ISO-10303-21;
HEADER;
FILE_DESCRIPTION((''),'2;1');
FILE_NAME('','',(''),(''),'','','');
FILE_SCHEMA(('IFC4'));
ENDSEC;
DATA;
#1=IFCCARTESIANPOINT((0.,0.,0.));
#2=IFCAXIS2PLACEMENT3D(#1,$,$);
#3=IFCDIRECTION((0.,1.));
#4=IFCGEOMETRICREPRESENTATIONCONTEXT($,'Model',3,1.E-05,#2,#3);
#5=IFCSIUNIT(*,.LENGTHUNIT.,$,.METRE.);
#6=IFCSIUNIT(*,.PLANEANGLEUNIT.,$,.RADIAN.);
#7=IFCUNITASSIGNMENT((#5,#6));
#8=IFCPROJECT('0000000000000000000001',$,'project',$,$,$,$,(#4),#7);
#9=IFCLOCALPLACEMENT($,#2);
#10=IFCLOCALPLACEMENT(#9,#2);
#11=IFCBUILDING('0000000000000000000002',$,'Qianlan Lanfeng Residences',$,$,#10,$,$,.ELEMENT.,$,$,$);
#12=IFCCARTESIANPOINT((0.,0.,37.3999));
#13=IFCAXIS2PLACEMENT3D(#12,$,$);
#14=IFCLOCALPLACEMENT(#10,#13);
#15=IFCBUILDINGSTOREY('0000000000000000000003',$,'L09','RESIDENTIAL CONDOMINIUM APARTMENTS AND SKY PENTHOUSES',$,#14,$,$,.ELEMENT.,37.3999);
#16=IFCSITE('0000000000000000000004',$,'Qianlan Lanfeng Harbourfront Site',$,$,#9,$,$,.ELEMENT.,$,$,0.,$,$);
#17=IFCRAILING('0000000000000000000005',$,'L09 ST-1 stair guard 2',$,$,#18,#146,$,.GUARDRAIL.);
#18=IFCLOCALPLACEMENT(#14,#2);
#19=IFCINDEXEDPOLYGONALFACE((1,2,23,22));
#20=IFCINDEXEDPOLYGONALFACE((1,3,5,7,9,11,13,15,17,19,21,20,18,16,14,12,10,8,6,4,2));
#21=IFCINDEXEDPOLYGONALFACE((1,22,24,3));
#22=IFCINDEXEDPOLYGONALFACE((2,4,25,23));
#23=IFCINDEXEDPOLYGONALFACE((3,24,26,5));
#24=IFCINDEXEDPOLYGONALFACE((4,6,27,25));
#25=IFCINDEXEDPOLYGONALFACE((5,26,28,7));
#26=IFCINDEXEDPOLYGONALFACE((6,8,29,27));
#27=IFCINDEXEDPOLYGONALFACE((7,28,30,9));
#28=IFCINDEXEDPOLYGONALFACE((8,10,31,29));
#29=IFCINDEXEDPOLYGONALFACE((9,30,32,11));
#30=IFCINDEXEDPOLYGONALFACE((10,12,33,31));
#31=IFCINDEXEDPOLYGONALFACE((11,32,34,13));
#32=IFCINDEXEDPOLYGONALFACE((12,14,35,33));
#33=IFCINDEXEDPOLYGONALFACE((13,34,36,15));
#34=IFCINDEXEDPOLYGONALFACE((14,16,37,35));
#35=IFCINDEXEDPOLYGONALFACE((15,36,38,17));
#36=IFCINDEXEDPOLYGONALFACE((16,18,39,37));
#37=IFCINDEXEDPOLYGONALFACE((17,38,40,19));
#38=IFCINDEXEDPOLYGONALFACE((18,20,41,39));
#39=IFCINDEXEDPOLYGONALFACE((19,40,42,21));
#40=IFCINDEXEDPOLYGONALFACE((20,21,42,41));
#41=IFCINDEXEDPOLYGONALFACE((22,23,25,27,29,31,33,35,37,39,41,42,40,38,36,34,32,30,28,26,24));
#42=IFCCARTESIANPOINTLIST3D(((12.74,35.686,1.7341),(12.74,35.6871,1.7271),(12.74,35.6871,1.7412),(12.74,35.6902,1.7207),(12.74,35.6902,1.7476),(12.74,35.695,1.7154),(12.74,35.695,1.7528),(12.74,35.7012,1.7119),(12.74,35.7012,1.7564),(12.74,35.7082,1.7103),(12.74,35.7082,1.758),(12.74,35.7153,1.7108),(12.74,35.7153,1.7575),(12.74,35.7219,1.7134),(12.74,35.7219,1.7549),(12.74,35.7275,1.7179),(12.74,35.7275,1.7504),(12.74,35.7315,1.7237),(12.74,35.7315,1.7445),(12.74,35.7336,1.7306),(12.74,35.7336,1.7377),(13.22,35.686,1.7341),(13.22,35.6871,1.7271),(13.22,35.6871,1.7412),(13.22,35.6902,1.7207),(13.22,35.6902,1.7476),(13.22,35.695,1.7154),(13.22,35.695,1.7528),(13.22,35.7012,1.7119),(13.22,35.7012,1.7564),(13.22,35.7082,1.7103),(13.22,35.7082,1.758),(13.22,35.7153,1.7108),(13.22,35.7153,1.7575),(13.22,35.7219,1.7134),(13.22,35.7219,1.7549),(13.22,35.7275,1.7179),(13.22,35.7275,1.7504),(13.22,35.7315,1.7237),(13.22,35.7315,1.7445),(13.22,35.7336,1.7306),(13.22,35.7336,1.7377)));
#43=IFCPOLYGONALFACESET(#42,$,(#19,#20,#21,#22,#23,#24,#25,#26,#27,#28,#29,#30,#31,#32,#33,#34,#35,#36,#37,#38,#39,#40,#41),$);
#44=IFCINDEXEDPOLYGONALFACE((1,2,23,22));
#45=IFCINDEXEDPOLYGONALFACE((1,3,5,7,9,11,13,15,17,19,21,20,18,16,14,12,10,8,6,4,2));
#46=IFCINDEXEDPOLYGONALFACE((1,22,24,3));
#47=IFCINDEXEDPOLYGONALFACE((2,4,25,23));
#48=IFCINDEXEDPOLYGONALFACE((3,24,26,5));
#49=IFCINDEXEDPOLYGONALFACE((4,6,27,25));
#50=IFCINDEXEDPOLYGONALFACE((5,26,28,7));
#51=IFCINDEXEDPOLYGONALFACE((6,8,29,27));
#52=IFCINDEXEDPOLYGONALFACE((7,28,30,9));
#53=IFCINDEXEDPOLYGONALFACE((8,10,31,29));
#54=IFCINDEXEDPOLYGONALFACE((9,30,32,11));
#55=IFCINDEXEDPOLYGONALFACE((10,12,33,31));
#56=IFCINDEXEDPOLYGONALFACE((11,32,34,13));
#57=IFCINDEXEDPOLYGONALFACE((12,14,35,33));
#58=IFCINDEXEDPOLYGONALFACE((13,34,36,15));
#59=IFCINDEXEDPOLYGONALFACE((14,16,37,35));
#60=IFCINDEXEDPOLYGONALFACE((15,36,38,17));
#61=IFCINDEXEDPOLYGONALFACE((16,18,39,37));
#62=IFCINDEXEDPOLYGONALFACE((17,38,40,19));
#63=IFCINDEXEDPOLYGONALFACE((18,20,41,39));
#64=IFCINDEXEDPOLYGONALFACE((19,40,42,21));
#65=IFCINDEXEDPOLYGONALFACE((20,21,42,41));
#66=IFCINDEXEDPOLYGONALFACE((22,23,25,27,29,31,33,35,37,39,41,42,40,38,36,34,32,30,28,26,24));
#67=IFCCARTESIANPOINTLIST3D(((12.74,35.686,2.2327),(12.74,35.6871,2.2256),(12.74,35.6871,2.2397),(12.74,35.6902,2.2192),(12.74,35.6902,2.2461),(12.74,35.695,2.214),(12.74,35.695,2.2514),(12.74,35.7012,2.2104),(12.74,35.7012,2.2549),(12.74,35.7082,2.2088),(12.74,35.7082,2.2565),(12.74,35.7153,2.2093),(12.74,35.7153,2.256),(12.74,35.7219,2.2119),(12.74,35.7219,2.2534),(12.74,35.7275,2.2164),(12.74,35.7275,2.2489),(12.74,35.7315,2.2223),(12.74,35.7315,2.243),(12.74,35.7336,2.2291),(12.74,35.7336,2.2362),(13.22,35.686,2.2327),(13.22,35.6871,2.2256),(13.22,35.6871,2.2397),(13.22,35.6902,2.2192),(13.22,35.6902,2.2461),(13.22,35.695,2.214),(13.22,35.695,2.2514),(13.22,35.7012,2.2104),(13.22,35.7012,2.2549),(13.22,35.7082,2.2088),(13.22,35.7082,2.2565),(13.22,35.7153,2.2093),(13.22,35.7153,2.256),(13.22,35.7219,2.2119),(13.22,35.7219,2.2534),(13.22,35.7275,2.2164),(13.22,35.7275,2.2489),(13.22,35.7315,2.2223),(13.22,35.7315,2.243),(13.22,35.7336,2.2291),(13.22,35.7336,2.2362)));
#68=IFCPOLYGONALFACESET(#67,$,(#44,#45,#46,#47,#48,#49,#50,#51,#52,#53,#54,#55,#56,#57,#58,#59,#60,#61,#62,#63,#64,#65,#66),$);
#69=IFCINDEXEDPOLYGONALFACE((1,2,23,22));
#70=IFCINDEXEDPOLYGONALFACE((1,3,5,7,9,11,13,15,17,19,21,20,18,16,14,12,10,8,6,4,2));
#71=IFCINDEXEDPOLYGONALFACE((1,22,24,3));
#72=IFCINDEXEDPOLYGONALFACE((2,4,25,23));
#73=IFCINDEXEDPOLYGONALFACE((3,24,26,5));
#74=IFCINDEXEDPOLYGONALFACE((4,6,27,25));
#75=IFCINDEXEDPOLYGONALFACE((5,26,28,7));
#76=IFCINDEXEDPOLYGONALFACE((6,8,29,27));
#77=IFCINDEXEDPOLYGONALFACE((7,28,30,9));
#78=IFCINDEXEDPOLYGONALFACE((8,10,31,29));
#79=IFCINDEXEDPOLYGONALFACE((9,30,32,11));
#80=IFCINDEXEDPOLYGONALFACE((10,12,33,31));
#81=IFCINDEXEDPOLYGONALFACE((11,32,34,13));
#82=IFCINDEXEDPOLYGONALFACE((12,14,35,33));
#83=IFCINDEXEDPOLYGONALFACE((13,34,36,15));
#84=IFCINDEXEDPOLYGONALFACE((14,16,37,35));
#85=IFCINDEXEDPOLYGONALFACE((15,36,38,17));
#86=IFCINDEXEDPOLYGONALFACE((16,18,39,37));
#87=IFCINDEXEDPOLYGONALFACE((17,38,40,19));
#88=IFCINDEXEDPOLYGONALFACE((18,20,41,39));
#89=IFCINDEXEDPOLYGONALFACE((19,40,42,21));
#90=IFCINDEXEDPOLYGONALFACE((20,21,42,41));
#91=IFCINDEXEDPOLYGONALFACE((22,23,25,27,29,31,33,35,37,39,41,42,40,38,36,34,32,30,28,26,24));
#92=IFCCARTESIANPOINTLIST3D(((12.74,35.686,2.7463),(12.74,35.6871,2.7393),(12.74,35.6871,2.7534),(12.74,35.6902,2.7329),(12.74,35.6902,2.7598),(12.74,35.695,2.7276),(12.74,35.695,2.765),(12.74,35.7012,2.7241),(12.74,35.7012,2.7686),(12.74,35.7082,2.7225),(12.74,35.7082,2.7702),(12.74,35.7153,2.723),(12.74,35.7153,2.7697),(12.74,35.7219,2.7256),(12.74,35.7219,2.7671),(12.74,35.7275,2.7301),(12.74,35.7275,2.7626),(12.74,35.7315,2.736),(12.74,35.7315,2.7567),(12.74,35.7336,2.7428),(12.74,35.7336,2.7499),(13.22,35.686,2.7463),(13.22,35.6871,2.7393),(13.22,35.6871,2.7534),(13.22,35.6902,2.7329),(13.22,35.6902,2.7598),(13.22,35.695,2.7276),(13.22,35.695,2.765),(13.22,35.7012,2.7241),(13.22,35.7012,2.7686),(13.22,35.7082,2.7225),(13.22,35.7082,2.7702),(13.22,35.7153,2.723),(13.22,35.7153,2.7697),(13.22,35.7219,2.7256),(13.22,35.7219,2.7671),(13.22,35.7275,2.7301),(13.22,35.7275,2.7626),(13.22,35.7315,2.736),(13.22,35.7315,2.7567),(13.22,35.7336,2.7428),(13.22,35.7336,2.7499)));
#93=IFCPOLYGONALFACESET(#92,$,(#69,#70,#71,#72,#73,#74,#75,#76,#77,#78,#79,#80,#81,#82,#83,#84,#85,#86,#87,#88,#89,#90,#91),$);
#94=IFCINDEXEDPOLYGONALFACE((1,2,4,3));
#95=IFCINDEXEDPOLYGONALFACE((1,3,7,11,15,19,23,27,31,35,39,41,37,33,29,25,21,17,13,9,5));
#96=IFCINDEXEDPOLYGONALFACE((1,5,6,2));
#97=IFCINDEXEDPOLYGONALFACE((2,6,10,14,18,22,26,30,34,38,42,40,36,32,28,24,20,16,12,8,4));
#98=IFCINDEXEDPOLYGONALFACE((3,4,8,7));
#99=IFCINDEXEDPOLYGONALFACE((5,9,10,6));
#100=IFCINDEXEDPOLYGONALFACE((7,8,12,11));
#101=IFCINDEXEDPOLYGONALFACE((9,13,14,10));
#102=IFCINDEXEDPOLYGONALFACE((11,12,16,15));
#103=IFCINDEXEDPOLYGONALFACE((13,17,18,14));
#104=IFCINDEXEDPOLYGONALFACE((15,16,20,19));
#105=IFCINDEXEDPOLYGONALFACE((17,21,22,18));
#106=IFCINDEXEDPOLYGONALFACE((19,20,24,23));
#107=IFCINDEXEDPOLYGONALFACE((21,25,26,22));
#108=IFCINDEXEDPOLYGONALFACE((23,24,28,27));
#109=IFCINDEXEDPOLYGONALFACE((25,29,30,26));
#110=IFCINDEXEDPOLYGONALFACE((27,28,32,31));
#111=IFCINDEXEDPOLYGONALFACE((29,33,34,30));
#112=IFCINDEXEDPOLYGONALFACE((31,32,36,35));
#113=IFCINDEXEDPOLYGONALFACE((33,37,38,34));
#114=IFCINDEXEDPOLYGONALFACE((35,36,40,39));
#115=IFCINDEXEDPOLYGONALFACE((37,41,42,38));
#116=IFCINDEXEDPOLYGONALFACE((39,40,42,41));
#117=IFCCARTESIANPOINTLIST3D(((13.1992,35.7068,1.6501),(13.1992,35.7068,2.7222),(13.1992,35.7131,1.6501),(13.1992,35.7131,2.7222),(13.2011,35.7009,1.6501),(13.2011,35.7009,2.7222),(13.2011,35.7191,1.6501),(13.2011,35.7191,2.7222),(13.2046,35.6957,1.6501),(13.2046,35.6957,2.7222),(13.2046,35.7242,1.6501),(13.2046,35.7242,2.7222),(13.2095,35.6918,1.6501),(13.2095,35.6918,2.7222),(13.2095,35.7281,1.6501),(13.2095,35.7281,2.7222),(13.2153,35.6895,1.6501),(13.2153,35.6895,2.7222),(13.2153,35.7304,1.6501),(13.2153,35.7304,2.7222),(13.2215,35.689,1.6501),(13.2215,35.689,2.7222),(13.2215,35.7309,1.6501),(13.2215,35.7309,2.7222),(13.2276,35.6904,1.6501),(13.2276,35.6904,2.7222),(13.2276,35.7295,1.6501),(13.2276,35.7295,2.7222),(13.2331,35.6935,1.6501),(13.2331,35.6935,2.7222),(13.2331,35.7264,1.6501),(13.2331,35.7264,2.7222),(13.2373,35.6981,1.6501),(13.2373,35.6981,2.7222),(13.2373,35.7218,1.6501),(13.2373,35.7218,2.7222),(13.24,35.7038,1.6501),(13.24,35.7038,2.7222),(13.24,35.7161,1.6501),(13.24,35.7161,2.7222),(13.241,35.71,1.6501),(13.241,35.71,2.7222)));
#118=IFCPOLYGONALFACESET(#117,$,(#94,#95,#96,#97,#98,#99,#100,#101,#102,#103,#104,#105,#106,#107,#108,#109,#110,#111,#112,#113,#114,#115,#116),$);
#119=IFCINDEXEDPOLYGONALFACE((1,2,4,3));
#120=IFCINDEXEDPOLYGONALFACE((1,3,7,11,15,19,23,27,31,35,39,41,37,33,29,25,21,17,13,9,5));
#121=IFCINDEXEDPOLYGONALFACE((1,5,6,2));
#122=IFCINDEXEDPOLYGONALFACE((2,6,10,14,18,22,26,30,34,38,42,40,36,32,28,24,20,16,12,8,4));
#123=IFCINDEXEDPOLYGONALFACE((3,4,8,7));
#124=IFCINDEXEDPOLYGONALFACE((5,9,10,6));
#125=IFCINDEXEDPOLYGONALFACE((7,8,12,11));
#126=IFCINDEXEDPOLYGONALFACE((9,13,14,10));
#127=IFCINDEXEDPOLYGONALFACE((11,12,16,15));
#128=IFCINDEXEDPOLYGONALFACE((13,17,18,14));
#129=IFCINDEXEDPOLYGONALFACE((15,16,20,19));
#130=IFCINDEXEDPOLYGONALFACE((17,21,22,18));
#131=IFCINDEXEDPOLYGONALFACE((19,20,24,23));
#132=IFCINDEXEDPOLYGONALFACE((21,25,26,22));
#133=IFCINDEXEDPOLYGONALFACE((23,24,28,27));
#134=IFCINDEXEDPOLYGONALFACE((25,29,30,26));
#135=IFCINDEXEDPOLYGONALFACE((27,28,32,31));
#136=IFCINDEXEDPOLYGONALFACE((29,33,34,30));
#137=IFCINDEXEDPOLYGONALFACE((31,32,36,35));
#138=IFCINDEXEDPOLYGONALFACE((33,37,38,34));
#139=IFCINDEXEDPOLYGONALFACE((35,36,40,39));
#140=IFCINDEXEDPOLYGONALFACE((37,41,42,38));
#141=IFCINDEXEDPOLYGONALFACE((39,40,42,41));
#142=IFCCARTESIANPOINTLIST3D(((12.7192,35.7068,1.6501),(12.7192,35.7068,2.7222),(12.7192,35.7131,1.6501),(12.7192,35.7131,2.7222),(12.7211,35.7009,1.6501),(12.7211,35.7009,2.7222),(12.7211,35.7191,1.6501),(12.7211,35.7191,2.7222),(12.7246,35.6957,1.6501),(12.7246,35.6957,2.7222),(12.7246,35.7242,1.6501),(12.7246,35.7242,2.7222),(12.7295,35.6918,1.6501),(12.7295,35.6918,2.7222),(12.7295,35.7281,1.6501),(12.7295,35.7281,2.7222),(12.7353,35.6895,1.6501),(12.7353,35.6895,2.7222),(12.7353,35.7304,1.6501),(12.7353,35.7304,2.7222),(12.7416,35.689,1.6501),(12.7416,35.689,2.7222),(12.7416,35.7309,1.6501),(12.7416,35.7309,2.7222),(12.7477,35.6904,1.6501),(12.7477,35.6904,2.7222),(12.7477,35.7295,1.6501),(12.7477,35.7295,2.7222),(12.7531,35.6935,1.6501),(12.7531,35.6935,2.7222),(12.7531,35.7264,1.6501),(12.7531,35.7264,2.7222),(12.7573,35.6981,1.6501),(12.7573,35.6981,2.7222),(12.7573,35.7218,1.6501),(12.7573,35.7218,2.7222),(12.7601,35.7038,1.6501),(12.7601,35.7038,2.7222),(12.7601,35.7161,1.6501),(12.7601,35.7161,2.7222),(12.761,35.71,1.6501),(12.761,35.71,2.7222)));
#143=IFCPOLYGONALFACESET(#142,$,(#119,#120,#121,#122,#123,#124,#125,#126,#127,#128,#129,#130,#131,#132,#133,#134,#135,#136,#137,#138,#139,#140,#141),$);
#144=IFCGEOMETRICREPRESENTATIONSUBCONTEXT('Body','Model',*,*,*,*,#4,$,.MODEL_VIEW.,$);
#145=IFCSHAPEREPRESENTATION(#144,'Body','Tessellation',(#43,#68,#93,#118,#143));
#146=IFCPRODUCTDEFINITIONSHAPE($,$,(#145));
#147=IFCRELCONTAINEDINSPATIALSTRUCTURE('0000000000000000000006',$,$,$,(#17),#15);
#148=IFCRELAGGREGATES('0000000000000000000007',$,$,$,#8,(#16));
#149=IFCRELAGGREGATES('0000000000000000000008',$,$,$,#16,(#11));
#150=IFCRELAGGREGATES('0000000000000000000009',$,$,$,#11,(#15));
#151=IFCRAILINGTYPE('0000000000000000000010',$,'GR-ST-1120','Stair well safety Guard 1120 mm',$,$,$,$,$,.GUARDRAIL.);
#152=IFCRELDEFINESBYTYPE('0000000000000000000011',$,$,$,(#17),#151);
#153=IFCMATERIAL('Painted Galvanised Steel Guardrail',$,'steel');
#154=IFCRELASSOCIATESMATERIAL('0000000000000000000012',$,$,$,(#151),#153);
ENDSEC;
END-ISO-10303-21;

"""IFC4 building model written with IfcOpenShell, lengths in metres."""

from ifc_helpers import new_model, si_unit, direction, frame, origin, origin_2d, place, context, subcontext, project, spatial, circle, extrude, material, type_object, element, save


model = new_model("IFC4")

# Units and contexts
model_context = context("Model", 3, precision=1e-05, world=origin(), true_north=direction((0.0, 1.0)))
body_context = subcontext(model_context, "Body", "Model", "MODEL_VIEW")
ifc_project = project(units=[si_unit("LENGTHUNIT", "METRE"), si_unit("PLANEANGLEUNIT", "RADIAN")], contexts=[model_context])

# Site, building, storey
site_placement = place(None, origin())
site = spatial("IfcSite", under=ifc_project, at=site_placement, Name="Qianlan Lanfeng Harbourfront Site", CompositionType="ELEMENT", RefElevation=0.0)
building_placement = place(site_placement, origin())
building = spatial("IfcBuilding", under=site, at=building_placement, Name="Qianlan Lanfeng Residences", CompositionType="ELEMENT")
storey_placement = place(building_placement, frame((0.0, 0.0, 37.3999)))
storey = spatial("IfcBuildingStorey", under=building, at=storey_placement, Name="L09", Description="RESIDENTIAL CONDOMINIUM APARTMENTS AND SKY PENTHOUSES", CompositionType="ELEMENT", Elevation=37.3999)

# Railing
ifc_material_1 = material(Name="Painted Galvanised Steel Guardrail", Category="steel")
railing_type_1 = type_object("IfcRailingType", Name="GR-ST-1120", Description="Stair well safety Guard 1120 mm", PredefinedType="GUARDRAIL", material=ifc_material_1)
railing_1_placement = place(storey_placement, frame((13.22, 35.71, 1.6501)))
element("IfcRailing", 1, at=railing_1_placement, inside=storey, type_object=railing_type_1, Name="L09 ST-1 stair guard 2", PredefinedType="GUARDRAIL", context=body_context, shape_type="SweptSolid", body=[
    extrude(circle(Radius=0.0239, at=origin_2d()), frame((0.0, 0.0, 0.084), z_axis=(-1.0, 0.0, 0.0), x_axis=(0.0, -1.0, 0.0)), (0.0, 0.0, 1.0), 0.48),
    extrude(circle(Radius=0.0239, at=origin_2d()), frame((0.0, 0.0, 0.5825), z_axis=(-1.0, 0.0, 0.0), x_axis=(0.0, -1.0, 0.0)), (0.0, 0.0, 1.0), 0.48),
    extrude(circle(Radius=0.0239, at=origin_2d()), frame((0.0, 0.0, 1.0962), z_axis=(-1.0, 0.0, 0.0), x_axis=(0.0, -1.0, 0.0)), (0.0, 0.0, 1.0), 0.48),
    extrude(circle(Radius=0.021, at=origin_2d()), origin(), (0.0, 0.0, 1.0), 1.072),
    extrude(circle(Radius=0.021, at=origin_2d()), frame((-0.48, 0.0, 0.0)), (0.0, 0.0, 1.0), 1.072),
])

save(model, "model.ifc")
